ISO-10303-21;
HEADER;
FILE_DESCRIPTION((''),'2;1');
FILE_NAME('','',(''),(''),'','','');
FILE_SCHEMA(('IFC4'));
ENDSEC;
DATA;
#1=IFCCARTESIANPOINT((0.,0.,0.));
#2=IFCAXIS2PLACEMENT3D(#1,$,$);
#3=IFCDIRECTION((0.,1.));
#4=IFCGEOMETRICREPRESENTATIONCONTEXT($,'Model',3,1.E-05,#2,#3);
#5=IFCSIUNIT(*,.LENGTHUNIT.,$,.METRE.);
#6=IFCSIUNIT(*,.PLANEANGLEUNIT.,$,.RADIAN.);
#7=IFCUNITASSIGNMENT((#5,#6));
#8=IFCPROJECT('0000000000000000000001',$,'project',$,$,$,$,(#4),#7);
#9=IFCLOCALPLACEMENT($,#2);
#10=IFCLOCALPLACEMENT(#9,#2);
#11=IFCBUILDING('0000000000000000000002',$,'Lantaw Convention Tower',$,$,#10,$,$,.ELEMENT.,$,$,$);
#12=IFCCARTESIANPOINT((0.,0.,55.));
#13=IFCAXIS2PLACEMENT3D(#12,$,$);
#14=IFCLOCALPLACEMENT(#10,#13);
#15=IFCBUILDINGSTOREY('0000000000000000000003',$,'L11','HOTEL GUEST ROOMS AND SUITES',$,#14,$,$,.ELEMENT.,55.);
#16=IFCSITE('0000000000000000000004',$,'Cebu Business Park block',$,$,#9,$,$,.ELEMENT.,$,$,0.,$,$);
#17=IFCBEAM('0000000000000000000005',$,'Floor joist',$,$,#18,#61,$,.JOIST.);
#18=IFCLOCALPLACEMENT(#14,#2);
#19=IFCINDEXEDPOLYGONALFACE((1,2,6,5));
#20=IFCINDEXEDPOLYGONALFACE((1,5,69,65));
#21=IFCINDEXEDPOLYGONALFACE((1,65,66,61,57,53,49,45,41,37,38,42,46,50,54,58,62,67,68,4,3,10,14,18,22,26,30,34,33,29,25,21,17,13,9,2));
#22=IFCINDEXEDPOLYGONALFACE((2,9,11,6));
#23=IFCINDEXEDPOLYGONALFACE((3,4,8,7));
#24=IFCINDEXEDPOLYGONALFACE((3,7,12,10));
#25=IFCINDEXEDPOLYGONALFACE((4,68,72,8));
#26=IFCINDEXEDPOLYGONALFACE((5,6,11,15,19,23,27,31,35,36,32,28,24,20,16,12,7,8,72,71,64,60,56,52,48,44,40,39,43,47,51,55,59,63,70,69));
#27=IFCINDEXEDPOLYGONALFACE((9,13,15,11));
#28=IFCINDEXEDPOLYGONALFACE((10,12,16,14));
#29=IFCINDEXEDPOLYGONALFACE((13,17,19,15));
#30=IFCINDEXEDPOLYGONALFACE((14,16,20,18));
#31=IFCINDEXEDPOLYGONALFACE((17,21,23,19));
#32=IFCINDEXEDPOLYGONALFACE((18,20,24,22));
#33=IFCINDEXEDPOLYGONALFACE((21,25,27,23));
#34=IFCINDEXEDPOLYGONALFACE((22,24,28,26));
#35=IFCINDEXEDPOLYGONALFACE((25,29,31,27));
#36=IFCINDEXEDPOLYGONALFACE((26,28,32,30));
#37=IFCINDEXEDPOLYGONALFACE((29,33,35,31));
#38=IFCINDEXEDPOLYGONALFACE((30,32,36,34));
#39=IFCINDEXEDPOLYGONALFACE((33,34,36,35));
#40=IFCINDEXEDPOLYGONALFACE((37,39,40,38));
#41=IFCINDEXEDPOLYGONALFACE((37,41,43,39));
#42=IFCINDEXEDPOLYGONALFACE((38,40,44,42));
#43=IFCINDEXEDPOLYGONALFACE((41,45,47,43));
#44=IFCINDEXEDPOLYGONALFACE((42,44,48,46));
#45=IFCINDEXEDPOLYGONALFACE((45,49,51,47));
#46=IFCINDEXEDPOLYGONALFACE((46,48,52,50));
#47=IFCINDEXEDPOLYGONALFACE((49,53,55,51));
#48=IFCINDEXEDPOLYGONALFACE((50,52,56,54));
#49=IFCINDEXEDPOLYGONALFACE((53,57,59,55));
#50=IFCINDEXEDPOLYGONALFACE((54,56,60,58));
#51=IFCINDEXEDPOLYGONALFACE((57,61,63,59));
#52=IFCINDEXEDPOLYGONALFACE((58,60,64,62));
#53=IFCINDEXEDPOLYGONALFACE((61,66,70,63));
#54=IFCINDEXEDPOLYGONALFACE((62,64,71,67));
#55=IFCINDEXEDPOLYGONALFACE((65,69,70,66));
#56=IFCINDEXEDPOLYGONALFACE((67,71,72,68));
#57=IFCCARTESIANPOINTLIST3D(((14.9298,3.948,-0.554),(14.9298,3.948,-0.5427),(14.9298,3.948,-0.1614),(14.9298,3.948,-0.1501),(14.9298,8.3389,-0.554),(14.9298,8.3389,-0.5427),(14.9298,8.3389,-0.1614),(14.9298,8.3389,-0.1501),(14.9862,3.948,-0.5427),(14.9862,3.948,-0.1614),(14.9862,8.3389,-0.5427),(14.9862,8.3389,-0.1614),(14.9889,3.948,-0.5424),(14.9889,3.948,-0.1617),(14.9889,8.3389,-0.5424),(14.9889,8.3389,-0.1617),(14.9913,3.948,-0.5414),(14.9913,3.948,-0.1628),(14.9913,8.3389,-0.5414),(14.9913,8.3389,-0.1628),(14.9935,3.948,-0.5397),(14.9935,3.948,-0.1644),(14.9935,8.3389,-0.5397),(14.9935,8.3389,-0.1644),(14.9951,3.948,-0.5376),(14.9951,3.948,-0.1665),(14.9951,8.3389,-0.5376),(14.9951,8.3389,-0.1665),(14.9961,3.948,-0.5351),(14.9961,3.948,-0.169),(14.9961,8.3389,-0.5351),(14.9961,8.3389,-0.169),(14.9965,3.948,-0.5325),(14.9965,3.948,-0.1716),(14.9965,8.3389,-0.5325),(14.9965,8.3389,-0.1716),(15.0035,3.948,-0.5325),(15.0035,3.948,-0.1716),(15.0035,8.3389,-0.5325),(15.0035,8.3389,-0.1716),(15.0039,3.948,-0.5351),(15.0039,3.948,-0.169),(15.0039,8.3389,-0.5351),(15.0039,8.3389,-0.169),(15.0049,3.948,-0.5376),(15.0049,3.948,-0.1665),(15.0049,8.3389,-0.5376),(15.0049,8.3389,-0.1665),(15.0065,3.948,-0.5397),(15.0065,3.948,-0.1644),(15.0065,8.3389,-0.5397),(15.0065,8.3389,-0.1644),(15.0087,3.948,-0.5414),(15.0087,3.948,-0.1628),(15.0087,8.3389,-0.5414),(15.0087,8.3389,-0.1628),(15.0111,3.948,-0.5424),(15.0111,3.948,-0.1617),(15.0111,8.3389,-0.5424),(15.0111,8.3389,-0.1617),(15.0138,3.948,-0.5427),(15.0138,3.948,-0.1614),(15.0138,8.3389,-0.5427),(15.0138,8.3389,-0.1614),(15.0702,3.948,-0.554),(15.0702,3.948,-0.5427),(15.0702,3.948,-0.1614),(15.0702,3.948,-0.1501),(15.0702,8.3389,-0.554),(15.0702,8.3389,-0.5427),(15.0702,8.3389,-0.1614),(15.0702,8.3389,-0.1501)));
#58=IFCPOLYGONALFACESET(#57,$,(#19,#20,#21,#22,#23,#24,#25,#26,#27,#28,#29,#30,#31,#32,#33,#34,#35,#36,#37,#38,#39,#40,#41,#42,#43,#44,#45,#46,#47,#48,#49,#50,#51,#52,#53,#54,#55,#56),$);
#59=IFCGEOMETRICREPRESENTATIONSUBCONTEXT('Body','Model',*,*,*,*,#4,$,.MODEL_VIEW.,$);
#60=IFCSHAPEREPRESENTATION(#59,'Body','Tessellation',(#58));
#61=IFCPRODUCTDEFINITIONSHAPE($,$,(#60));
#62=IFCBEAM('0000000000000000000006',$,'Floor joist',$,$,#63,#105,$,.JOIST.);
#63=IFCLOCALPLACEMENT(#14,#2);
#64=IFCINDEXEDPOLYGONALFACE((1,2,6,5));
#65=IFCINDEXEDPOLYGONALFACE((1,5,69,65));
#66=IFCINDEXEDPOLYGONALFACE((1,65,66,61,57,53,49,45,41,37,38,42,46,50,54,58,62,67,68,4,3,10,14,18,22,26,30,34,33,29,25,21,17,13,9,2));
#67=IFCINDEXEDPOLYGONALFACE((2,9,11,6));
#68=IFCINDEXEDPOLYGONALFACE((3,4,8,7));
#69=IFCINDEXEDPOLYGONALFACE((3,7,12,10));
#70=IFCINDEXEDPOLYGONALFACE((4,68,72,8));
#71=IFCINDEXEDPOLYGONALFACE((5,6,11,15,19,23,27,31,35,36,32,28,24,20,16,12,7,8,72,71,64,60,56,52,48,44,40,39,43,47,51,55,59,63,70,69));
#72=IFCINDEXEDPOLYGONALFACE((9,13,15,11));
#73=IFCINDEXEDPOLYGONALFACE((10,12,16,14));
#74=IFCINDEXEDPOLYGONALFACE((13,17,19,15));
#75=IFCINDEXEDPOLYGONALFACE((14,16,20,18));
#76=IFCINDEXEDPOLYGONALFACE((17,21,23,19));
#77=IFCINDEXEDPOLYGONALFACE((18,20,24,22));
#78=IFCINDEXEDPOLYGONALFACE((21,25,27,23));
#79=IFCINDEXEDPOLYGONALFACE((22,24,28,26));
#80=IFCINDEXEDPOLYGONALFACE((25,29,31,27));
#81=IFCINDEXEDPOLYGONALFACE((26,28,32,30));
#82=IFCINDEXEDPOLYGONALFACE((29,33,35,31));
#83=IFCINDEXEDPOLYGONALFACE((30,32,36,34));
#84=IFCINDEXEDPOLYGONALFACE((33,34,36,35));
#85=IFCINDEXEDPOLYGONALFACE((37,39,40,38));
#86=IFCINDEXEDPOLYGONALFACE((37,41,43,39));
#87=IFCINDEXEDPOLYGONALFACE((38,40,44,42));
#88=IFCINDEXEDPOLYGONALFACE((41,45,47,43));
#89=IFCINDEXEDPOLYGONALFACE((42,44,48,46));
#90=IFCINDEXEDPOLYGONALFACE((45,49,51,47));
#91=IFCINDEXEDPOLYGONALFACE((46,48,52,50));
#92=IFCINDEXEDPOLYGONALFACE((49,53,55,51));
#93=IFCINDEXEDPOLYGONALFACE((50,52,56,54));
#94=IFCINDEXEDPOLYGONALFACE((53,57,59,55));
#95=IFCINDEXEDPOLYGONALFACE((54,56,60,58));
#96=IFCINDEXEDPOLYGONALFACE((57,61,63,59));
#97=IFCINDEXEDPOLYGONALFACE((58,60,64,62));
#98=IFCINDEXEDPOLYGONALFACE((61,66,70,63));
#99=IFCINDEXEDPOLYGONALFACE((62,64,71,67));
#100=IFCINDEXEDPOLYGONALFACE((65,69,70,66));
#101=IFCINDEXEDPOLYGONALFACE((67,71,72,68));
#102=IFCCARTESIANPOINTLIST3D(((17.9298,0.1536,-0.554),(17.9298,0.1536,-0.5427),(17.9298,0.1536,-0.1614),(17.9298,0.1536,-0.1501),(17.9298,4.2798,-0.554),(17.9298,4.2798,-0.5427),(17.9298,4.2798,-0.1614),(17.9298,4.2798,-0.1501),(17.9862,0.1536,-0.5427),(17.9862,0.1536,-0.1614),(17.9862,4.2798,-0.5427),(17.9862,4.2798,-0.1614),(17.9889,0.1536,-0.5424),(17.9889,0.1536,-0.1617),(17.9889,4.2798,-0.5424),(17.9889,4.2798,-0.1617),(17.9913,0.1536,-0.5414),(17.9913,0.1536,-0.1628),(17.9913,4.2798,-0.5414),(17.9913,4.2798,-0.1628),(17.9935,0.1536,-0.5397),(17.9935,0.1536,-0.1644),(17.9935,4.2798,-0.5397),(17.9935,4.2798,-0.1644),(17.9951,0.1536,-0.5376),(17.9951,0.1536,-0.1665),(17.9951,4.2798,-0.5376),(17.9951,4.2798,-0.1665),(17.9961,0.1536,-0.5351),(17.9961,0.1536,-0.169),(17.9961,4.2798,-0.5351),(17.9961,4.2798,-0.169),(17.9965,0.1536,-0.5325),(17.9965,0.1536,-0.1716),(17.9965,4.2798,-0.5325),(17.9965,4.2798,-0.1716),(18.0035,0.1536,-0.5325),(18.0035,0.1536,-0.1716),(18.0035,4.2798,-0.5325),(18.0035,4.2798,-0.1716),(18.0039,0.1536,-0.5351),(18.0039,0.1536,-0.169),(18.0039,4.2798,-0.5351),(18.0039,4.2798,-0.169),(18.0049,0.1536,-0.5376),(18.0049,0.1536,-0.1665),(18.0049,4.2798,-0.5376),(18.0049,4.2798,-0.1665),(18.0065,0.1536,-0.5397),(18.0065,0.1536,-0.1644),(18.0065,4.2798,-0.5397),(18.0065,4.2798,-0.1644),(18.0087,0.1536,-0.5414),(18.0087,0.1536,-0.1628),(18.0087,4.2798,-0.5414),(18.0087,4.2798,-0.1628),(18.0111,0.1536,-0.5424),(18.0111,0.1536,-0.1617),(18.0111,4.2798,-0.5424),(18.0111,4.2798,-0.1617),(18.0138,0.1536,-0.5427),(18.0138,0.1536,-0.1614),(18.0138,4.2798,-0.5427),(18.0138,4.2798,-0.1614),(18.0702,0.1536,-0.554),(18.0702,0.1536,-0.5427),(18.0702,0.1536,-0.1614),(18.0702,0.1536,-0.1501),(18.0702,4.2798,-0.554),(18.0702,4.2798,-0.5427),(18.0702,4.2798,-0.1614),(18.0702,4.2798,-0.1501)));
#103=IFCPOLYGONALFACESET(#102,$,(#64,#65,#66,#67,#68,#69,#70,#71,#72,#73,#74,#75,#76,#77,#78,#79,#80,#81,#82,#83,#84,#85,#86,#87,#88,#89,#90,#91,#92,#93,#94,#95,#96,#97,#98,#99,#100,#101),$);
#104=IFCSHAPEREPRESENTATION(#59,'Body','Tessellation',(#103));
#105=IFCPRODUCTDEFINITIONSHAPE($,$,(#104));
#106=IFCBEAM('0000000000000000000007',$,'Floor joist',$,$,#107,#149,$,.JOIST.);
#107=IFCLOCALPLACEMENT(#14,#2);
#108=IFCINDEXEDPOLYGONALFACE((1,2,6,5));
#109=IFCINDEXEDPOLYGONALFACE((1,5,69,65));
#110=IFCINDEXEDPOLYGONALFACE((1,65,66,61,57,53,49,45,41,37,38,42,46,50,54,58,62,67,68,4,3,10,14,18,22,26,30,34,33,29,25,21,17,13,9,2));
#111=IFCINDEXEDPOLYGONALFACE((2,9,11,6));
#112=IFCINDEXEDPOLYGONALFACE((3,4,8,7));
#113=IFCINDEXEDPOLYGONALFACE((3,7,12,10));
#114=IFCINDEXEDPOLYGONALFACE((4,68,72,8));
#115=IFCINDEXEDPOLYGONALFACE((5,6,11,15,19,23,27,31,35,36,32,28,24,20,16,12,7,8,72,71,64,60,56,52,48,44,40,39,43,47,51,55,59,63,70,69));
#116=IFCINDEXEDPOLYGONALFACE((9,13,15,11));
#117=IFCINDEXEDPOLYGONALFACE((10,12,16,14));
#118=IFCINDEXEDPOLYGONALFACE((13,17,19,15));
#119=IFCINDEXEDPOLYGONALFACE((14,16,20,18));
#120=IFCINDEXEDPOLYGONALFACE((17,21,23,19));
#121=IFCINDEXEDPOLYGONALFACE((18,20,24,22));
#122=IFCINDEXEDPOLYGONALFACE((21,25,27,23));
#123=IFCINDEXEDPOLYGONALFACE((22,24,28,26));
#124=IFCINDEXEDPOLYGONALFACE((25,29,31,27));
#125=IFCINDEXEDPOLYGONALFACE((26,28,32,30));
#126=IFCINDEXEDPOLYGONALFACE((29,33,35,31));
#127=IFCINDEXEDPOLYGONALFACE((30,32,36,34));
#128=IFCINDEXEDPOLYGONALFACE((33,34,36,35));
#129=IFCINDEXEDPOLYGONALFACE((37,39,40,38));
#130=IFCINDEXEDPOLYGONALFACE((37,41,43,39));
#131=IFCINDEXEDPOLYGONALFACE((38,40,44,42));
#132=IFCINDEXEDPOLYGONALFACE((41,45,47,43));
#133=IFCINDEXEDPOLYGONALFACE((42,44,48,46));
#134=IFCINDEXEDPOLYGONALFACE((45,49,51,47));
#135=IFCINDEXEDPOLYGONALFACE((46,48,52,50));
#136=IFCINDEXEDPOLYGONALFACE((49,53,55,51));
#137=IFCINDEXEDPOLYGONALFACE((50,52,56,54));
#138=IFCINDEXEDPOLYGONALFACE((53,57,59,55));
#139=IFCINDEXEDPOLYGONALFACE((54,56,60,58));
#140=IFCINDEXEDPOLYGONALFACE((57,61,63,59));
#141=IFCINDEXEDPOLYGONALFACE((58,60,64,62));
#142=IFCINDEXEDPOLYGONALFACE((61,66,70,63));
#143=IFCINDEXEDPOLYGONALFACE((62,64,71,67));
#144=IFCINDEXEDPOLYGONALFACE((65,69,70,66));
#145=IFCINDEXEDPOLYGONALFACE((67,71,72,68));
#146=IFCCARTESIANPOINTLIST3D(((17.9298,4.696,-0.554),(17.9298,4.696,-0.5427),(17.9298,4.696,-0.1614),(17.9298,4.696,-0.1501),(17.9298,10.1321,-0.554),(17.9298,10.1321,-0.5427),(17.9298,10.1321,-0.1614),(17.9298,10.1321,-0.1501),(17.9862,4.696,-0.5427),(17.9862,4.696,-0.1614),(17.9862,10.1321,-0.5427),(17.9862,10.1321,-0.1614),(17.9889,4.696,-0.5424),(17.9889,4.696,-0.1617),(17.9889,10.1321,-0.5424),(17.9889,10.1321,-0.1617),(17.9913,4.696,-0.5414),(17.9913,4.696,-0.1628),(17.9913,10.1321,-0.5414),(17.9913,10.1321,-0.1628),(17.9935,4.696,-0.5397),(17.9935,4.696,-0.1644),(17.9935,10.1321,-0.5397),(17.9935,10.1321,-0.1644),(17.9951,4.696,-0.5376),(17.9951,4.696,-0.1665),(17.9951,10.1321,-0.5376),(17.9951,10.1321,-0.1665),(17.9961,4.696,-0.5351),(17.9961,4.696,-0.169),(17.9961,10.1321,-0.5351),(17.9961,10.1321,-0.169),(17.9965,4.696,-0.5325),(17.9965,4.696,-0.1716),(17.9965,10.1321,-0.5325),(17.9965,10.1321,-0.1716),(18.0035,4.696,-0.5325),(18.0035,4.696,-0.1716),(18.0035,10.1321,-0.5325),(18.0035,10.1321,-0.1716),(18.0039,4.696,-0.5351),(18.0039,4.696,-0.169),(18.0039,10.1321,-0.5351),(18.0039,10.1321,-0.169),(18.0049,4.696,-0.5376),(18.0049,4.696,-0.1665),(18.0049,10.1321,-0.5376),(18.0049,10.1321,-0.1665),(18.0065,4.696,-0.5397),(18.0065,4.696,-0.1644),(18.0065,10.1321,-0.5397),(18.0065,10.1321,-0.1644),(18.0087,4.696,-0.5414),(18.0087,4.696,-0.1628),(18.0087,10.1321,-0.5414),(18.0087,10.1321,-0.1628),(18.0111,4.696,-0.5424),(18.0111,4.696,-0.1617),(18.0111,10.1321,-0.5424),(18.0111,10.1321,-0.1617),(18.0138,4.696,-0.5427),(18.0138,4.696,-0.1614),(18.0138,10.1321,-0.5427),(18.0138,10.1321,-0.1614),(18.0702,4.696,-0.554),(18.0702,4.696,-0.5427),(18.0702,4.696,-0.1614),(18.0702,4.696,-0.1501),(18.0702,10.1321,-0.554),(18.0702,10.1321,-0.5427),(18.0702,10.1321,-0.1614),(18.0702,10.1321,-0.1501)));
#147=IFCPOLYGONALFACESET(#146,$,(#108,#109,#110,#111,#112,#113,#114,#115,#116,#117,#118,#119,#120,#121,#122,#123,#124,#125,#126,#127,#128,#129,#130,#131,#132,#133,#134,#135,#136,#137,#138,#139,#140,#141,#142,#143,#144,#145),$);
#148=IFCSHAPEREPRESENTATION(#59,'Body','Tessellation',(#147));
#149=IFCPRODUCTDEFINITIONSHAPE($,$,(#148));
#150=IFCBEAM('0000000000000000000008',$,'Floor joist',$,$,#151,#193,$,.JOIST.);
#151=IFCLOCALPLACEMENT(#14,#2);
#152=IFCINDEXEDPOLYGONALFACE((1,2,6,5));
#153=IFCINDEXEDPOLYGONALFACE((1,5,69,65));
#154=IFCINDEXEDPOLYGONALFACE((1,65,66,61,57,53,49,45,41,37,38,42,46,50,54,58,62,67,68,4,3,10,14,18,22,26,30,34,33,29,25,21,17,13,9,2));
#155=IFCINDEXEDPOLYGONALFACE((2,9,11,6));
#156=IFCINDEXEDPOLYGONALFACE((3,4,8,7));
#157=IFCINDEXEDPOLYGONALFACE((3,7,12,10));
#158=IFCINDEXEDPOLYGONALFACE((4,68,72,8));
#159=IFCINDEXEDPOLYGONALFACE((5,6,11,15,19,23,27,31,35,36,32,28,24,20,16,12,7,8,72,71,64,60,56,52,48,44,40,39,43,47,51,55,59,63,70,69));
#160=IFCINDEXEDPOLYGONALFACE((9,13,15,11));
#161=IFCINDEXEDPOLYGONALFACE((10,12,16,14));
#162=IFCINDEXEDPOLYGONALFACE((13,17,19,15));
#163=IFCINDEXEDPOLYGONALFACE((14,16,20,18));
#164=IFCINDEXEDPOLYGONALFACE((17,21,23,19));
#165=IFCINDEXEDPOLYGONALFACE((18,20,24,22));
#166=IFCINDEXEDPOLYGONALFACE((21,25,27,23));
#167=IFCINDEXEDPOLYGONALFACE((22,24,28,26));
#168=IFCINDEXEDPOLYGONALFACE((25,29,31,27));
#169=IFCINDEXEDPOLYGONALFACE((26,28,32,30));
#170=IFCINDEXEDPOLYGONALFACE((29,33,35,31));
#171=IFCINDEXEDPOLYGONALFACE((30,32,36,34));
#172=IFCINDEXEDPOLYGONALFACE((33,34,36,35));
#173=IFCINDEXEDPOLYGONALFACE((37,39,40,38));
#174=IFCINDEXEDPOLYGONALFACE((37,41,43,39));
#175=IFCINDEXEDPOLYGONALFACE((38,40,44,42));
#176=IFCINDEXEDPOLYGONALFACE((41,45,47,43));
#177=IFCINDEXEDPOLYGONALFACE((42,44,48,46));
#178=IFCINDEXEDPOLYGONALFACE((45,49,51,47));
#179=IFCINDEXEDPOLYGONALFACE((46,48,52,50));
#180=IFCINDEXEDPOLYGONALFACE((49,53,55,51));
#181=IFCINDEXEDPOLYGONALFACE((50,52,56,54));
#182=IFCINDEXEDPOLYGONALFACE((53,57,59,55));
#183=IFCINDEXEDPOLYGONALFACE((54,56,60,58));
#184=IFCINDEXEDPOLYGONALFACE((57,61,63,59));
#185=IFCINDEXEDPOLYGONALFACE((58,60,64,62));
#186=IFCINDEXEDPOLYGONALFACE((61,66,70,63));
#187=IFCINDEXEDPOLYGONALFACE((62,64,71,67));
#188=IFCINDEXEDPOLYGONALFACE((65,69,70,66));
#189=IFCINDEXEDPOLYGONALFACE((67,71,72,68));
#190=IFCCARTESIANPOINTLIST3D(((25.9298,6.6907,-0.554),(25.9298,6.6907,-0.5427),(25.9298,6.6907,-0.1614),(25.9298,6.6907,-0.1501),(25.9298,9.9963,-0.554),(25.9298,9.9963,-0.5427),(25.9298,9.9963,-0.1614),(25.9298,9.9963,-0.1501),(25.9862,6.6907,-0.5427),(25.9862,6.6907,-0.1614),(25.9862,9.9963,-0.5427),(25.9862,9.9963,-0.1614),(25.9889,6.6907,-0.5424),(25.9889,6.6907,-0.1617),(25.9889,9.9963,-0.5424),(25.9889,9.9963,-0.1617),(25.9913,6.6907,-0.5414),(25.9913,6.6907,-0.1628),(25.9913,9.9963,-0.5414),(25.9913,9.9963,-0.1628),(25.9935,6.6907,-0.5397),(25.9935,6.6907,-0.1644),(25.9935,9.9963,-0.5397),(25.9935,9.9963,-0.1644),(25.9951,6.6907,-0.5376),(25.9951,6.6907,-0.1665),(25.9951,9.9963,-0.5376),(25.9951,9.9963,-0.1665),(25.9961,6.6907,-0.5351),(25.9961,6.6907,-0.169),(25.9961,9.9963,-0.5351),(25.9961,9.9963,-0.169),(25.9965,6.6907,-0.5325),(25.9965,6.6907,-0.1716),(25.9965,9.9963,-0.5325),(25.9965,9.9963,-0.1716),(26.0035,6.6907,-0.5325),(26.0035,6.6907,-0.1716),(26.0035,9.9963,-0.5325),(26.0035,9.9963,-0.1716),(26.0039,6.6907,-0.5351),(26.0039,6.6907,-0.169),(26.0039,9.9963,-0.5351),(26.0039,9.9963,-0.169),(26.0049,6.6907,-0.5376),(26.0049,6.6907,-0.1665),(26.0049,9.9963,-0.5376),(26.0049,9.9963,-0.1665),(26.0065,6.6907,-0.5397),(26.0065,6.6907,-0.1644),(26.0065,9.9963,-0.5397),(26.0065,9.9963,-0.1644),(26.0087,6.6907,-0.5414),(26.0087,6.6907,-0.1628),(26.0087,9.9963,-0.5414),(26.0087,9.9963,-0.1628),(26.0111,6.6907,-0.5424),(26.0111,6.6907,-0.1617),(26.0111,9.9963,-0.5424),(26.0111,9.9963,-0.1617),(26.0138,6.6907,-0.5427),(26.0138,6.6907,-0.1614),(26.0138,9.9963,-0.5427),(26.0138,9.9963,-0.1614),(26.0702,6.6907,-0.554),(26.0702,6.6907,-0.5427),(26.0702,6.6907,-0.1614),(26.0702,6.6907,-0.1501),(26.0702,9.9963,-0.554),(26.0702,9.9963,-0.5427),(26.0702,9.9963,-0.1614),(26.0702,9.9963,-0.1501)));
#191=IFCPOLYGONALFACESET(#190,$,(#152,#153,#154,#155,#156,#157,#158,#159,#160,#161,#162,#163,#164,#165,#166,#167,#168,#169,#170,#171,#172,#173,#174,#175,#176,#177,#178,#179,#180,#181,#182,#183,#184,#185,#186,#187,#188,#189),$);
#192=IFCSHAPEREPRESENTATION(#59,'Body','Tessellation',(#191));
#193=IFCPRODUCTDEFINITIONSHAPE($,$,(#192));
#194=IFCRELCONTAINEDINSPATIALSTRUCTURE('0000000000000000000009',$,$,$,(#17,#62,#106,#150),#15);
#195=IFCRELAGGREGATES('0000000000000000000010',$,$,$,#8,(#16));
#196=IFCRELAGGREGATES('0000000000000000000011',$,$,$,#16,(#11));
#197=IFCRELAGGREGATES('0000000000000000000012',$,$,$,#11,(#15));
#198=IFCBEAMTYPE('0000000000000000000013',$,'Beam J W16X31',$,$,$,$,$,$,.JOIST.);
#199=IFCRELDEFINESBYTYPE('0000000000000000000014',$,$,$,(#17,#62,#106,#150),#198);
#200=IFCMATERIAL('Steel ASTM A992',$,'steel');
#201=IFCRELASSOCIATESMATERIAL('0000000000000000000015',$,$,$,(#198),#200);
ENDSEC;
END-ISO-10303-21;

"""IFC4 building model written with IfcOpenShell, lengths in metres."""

from ifc_helpers import new_model, si_unit, direction, frame, origin, origin_2d, place, context, subcontext, project, spatial, i_section, extrude, material, material_profile, profile_set, type_object, element, save


model = new_model("IFC4")

# Units and contexts
model_context = context("Model", 3, precision=1e-05, world=origin(), true_north=direction((0.0, 1.0)))
body_context = subcontext(model_context, "Body", "Model", "MODEL_VIEW")
ifc_project = project(units=[si_unit("LENGTHUNIT", "METRE"), si_unit("PLANEANGLEUNIT", "RADIAN")], contexts=[model_context])

# Site, building, storey
site_placement = place(None, origin())
site = spatial("IfcSite", under=ifc_project, at=site_placement, Name="Cebu Business Park block", CompositionType="ELEMENT", RefElevation=0.0)
building_placement = place(site_placement, origin())
building = spatial("IfcBuilding", under=site, at=building_placement, Name="Lantaw Convention Tower", CompositionType="ELEMENT")
storey_placement = place(building_placement, frame((0.0, 0.0, 55.0)))
storey = spatial("IfcBuildingStorey", under=building, at=storey_placement, Name="L11", Description="HOTEL GUEST ROOMS AND SUITES", CompositionType="ELEMENT", Elevation=55.0)

# Beams
ifc_material_1 = material(Name="Steel ASTM A992", Category="steel")
ifc_material_profile_1 = material_profile(ifc_material_1, i_section(OverallWidth=0.1404, OverallDepth=0.4038, WebThickness=0.0071, FlangeThickness=0.0112, FilletRadius=0.0103, at=origin_2d()), Name="W16X31")
ifc_profile_set_1 = profile_set([ifc_material_profile_1], Name="Steel ASTM A992")
beam_type_1 = type_object("IfcBeamType", Name="Beam J W16X31", PredefinedType="JOIST", material=ifc_profile_set_1)
beam_1_placement = place(storey_placement, frame((15.0, 3.948, -0.3521), z_axis=(0.0, 1.0, 0.0), x_axis=(-1.0, 0.0, 0.0)))
element("IfcBeam", 1, at=beam_1_placement, inside=storey, type_object=beam_type_1, Name="Floor joist", PredefinedType="JOIST", context=body_context, shape_type="SweptSolid", body=[
    extrude(i_section(OverallWidth=0.1404, OverallDepth=0.4038, WebThickness=0.0071, FlangeThickness=0.0112, FilletRadius=0.0103, at=origin_2d()), origin(), (0.0, 0.0, 1.0), 4.3909),
])
beam_2_placement = place(storey_placement, frame((18.0, 0.1536, -0.3521), z_axis=(0.0, 1.0, 0.0), x_axis=(-1.0, 0.0, 0.0)))
element("IfcBeam", 2, at=beam_2_placement, inside=storey, type_object=beam_type_1, Name="Floor joist", PredefinedType="JOIST", context=body_context, shape_type="SweptSolid", body=[
    extrude(i_section(OverallWidth=0.1404, OverallDepth=0.4038, WebThickness=0.0071, FlangeThickness=0.0112, FilletRadius=0.0103, at=origin_2d()), origin(), (0.0, 0.0, 1.0), 4.1262),
])
beam_3_placement = place(storey_placement, frame((18.0, 4.696, -0.3521), z_axis=(0.0, 1.0, 0.0), x_axis=(-1.0, 0.0, 0.0)))
element("IfcBeam", 3, at=beam_3_placement, inside=storey, type_object=beam_type_1, Name="Floor joist", PredefinedType="JOIST", context=body_context, shape_type="SweptSolid", body=[
    extrude(i_section(OverallWidth=0.1404, OverallDepth=0.4038, WebThickness=0.0071, FlangeThickness=0.0112, FilletRadius=0.0103, at=origin_2d()), origin(), (0.0, 0.0, 1.0), 5.436),
])
beam_4_placement = place(storey_placement, frame((26.0, 6.6907, -0.3521), z_axis=(0.0, 1.0, 0.0), x_axis=(-1.0, 0.0, 0.0)))
element("IfcBeam", 4, at=beam_4_placement, inside=storey, type_object=beam_type_1, Name="Floor joist", PredefinedType="JOIST", context=body_context, shape_type="SweptSolid", body=[
    extrude(i_section(OverallWidth=0.1404, OverallDepth=0.4038, WebThickness=0.0071, FlangeThickness=0.0112, FilletRadius=0.0103, at=origin_2d()), origin(), (0.0, 0.0, 1.0), 3.3057),
])

save(model, "model.ifc")
